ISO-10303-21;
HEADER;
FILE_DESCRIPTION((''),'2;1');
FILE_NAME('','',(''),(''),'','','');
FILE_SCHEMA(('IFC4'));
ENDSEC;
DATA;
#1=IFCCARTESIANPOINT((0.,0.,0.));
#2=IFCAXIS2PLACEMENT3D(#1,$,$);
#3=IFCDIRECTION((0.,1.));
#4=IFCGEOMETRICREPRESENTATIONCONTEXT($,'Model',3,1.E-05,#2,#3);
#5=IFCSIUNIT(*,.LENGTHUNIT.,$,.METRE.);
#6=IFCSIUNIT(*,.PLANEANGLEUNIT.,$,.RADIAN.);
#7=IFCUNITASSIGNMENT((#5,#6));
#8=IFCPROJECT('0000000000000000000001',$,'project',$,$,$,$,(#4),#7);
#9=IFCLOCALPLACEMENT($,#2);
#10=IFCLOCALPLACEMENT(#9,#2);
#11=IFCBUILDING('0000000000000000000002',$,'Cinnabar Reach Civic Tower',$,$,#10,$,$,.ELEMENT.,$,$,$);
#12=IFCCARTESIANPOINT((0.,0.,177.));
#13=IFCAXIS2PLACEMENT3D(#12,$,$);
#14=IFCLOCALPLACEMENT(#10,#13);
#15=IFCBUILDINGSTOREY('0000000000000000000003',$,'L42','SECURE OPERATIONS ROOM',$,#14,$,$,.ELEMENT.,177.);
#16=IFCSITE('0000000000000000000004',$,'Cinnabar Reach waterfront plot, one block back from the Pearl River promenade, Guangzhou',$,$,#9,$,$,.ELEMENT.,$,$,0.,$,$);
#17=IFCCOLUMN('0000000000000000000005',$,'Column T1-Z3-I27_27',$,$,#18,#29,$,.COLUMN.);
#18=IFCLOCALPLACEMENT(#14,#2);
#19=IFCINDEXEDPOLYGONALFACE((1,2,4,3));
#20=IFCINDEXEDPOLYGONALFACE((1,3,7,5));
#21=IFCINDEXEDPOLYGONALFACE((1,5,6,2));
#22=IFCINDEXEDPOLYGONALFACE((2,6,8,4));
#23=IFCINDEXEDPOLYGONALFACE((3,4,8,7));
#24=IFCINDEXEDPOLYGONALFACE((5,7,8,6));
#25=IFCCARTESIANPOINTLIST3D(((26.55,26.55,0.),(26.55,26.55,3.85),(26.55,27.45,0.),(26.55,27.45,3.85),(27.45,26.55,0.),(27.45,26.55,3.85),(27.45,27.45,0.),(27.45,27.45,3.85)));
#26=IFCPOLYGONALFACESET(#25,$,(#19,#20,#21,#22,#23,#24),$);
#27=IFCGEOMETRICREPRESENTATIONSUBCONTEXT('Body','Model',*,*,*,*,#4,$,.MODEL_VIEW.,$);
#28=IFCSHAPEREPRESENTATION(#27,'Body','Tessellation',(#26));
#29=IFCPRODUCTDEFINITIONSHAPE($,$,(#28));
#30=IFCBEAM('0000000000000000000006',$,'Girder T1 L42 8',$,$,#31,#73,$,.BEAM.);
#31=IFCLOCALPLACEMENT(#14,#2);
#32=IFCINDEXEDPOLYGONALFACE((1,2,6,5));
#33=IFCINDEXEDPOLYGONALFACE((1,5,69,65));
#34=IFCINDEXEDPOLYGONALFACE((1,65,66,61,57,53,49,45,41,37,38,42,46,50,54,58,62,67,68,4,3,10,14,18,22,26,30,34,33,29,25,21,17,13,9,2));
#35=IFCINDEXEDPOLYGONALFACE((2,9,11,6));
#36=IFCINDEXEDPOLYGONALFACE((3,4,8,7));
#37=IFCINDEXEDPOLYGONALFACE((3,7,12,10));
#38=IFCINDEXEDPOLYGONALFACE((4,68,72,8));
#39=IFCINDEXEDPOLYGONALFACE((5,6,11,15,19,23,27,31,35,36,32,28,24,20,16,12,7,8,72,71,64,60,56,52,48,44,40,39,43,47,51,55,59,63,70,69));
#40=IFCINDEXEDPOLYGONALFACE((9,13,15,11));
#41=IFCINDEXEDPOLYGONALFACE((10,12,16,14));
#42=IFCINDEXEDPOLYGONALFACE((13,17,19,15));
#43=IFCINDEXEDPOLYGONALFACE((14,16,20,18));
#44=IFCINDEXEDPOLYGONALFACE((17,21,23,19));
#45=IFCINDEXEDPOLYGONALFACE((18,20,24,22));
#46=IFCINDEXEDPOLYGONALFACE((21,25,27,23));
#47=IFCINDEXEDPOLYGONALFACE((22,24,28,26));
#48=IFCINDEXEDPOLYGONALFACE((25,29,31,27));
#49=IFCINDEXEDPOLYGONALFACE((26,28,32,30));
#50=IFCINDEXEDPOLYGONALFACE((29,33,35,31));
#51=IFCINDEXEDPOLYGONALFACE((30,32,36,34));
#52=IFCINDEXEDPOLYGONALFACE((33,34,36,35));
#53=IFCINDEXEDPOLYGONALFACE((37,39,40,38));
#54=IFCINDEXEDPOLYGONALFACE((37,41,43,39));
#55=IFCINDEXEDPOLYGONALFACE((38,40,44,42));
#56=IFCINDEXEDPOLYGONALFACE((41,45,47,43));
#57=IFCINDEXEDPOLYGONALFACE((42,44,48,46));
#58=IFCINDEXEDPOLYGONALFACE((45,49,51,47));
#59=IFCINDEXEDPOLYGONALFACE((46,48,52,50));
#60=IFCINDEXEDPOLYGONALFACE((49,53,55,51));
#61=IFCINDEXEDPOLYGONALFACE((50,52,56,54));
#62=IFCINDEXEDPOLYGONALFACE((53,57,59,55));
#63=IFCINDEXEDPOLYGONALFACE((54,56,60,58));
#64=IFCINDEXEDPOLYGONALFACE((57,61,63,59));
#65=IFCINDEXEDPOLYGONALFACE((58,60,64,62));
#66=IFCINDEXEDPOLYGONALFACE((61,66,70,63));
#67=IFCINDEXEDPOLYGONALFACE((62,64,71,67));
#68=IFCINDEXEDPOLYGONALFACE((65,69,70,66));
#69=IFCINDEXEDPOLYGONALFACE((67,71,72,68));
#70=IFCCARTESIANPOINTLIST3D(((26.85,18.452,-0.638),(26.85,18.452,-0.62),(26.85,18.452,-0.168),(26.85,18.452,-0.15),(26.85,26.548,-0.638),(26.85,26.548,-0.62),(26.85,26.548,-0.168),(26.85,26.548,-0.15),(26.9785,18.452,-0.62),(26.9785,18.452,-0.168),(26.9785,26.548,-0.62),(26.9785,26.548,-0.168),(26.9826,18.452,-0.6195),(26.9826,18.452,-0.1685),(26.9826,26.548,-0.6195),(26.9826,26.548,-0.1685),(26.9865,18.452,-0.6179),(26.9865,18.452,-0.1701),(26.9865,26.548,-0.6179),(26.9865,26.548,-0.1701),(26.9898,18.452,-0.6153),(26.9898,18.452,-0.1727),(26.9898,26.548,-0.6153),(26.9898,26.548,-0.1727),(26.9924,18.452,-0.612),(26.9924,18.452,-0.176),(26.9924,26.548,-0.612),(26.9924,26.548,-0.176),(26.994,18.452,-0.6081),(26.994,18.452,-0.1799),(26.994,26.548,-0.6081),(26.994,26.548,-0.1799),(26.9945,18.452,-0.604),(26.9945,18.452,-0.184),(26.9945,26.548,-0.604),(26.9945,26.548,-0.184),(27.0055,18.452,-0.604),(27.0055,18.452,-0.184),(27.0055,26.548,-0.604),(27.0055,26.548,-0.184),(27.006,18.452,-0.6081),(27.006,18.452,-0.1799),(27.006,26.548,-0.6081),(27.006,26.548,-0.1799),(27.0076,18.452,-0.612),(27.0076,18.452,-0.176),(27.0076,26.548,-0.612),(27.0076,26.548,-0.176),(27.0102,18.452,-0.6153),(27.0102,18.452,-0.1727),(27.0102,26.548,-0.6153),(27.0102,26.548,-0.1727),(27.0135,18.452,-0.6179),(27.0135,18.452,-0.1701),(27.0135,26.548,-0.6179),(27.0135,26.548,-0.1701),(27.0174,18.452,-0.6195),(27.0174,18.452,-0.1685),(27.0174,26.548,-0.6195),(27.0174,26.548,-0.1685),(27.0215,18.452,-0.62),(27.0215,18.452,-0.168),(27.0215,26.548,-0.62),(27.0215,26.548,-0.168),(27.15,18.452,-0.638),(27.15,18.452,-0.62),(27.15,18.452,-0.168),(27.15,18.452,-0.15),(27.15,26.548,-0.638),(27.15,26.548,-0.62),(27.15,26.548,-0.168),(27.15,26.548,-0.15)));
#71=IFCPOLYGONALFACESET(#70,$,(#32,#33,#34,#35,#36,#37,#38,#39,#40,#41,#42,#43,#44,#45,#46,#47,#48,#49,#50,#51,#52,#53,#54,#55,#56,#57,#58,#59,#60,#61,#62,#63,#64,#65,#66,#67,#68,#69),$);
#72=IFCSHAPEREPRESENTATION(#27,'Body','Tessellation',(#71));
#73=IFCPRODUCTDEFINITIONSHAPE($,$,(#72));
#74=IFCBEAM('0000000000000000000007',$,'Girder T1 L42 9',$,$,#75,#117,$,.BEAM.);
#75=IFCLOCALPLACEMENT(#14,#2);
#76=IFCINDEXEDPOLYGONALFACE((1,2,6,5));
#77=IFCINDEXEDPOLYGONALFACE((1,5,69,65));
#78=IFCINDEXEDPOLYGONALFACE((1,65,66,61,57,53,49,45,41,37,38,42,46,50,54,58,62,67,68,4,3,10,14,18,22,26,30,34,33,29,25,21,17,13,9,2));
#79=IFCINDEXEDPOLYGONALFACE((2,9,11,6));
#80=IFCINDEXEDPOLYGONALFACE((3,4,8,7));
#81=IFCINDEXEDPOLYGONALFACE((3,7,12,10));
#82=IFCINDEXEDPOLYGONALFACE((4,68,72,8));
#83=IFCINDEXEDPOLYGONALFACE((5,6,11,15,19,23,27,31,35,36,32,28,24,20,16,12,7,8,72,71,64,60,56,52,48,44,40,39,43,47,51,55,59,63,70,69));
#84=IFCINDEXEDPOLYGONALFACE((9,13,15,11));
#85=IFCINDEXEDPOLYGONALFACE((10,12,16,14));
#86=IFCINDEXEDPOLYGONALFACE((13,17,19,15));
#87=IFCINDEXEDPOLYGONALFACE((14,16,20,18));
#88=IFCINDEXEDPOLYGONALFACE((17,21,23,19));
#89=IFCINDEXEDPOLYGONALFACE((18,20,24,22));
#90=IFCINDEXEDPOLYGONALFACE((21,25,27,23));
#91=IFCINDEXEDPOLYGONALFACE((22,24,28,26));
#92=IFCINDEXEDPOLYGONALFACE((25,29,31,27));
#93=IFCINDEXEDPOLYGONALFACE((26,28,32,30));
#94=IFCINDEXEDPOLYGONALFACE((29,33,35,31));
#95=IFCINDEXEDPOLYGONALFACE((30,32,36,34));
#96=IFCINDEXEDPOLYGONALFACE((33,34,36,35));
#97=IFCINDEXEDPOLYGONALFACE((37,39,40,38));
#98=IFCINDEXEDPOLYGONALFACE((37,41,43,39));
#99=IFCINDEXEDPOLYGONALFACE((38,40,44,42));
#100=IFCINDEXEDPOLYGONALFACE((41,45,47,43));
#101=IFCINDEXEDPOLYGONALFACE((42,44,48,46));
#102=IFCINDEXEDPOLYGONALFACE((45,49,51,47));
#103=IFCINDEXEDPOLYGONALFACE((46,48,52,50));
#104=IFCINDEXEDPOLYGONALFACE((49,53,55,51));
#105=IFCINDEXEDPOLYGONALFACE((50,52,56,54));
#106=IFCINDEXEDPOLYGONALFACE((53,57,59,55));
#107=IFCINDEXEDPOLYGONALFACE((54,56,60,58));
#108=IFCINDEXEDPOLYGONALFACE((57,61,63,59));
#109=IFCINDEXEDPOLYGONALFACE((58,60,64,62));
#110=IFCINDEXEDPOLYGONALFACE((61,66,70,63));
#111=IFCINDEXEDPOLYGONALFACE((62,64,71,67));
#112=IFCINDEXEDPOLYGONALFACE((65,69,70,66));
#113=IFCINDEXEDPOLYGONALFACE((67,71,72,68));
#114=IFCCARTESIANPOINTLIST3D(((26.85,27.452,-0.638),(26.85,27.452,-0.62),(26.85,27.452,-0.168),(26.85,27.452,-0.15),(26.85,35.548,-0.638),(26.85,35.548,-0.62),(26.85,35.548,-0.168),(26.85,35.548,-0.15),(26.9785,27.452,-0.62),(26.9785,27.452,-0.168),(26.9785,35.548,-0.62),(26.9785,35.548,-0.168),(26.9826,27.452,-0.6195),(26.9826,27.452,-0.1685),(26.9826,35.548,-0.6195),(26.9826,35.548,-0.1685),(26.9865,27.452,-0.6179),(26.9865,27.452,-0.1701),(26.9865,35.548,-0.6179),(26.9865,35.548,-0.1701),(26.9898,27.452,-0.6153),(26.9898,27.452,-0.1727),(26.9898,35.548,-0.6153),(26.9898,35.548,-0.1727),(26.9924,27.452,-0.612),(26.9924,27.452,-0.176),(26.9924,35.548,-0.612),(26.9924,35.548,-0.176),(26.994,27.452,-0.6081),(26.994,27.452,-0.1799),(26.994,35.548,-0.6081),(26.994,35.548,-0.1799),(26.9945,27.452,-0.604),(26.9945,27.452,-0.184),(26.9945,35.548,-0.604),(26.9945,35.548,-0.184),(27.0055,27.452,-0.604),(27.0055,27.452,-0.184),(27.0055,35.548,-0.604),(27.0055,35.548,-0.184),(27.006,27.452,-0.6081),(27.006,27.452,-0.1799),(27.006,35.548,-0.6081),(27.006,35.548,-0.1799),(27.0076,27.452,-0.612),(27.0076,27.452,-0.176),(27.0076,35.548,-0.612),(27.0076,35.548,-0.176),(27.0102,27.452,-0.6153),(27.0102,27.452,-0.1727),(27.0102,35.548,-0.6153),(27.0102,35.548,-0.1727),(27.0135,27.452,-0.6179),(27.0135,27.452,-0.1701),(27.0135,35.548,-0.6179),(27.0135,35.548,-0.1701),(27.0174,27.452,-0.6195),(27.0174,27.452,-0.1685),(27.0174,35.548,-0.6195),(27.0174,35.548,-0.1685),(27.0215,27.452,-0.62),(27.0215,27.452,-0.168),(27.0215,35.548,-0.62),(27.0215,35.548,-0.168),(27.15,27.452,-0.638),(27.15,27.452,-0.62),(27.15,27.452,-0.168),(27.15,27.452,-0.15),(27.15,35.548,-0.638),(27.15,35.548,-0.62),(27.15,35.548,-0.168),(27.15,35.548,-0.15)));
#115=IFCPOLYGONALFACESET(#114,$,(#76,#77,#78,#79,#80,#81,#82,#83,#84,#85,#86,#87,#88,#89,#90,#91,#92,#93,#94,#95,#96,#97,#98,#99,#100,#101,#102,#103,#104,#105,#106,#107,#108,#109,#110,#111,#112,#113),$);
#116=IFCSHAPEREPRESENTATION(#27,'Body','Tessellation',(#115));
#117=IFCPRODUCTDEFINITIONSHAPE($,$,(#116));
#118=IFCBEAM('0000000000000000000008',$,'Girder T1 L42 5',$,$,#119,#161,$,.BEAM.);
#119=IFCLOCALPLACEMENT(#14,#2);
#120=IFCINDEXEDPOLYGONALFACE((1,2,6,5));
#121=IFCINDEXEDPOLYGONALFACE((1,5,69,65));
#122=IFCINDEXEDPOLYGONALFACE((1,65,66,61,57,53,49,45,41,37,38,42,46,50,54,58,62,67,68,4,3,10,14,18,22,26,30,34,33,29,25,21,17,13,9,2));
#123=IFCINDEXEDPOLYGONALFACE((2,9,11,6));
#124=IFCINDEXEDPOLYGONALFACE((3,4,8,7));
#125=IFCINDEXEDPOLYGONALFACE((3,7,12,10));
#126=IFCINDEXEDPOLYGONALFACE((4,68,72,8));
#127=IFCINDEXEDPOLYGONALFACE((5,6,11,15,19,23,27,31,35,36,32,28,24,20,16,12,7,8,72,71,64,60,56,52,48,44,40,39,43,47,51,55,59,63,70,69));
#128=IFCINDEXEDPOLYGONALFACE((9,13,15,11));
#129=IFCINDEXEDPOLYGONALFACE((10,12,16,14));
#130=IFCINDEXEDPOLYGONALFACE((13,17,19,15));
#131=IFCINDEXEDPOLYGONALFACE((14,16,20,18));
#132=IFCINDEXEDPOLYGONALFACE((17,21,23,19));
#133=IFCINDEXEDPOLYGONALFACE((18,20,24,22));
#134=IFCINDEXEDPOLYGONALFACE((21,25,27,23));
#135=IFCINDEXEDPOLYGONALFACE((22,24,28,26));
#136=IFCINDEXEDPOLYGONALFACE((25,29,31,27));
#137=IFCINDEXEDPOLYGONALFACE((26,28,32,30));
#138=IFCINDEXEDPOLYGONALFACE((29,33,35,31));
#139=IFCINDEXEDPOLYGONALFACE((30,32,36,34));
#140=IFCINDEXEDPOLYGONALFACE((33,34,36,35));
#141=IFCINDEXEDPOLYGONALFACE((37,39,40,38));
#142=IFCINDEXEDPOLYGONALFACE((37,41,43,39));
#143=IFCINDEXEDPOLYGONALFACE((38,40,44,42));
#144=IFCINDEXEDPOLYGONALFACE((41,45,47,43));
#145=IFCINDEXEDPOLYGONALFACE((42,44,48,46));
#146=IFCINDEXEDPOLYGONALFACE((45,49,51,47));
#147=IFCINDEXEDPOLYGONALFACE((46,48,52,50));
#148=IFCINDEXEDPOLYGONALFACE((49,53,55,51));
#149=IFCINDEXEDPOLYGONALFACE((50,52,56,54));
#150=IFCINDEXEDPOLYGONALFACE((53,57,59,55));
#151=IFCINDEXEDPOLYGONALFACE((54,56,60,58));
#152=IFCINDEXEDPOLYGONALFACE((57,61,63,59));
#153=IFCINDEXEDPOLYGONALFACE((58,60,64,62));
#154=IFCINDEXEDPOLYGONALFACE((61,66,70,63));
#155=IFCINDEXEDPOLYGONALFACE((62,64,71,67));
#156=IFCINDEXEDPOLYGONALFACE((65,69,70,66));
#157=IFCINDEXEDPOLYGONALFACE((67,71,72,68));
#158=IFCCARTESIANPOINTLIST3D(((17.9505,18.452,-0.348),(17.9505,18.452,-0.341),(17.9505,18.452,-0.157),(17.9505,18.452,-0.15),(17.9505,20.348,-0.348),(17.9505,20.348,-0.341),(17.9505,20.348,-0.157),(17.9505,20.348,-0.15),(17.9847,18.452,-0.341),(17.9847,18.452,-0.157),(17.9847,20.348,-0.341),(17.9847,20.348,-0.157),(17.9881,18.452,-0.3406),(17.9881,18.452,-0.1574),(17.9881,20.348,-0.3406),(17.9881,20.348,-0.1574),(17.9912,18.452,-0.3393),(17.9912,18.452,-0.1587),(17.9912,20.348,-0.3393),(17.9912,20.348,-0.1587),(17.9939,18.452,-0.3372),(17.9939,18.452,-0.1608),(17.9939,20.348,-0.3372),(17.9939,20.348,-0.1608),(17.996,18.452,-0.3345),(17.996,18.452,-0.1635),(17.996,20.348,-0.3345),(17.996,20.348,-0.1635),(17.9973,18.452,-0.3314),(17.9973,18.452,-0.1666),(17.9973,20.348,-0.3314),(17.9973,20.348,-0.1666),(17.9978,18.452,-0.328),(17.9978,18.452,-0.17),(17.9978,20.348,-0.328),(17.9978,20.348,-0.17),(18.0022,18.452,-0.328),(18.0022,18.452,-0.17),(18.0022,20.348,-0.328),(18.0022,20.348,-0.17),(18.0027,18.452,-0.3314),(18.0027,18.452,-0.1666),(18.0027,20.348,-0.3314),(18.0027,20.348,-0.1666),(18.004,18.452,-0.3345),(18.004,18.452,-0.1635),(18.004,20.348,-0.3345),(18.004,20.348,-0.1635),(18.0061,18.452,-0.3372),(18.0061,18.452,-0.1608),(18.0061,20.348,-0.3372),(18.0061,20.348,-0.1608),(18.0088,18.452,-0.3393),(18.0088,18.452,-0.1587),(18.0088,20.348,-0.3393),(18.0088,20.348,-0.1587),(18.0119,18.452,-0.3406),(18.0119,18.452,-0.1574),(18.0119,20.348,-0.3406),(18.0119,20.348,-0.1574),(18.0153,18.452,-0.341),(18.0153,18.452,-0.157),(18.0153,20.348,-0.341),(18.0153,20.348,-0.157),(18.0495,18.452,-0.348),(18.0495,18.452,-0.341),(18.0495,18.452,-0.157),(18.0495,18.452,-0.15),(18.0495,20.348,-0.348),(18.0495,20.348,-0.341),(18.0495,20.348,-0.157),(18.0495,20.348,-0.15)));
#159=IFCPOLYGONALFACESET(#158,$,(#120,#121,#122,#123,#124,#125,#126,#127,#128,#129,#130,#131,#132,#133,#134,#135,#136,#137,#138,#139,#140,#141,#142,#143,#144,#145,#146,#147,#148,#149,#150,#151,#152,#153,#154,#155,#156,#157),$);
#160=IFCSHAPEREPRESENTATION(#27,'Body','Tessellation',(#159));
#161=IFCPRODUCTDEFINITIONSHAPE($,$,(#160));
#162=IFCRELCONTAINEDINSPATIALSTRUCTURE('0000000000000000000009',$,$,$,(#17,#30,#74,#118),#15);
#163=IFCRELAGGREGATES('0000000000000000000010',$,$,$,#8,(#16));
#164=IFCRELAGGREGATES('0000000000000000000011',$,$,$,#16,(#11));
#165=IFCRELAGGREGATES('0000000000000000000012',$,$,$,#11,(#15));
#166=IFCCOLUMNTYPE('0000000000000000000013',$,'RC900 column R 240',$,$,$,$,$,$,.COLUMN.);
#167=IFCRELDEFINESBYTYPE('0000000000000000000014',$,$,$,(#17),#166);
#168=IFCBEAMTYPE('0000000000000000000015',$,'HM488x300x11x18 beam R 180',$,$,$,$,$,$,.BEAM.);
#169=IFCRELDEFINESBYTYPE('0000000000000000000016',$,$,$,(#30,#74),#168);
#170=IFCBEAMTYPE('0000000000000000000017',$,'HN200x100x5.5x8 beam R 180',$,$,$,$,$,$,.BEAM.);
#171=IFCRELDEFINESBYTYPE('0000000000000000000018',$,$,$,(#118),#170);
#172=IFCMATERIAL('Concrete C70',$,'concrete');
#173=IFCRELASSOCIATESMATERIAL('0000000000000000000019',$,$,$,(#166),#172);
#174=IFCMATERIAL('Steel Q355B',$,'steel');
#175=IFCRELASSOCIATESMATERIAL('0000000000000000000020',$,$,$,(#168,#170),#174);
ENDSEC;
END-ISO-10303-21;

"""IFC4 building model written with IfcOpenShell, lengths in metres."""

from ifc_helpers import new_model, si_unit, direction, frame, origin, origin_2d, place, context, subcontext, project, spatial, rectangle, i_section, extrude, material, material_profile, profile_set, type_object, element, save


model = new_model("IFC4")

# Units and contexts
model_context = context("Model", 3, precision=1e-05, world=origin(), true_north=direction((0.0, 1.0)))
body_context = subcontext(model_context, "Body", "Model", "MODEL_VIEW")
ifc_project = project(units=[si_unit("LENGTHUNIT", "METRE"), si_unit("PLANEANGLEUNIT", "RADIAN")], contexts=[model_context])

# Site, building, storey
site_placement = place(None, origin())
site = spatial("IfcSite", under=ifc_project, at=site_placement, Name="Cinnabar Reach waterfront plot, one block back from the Pearl River promenade, Guangzhou", CompositionType="ELEMENT", RefElevation=0.0)
building_placement = place(site_placement, origin())
building = spatial("IfcBuilding", under=site, at=building_placement, Name="Cinnabar Reach Civic Tower", CompositionType="ELEMENT")
storey_placement = place(building_placement, frame((0.0, 0.0, 177.0)))
storey = spatial("IfcBuildingStorey", under=building, at=storey_placement, Name="L42", Description="SECURE OPERATIONS ROOM", CompositionType="ELEMENT", Elevation=177.0)

# Column
ifc_material_1 = material(Name="Concrete C70", Category="concrete")
ifc_material_profile_1 = material_profile(ifc_material_1, rectangle(XDim=0.9, YDim=0.9, at=origin_2d()), Name="RC900")
ifc_profile_set_1 = profile_set([ifc_material_profile_1], Name="Concrete C70")
column_type = type_object("IfcColumnType", Name="RC900 column R 240", PredefinedType="COLUMN", material=ifc_profile_set_1)
column_placement = place(storey_placement, frame((27.0, 27.0, 0.0), z_axis=(0.0, 0.0, 1.0), x_axis=(1.0, 0.0, 0.0)))
element("IfcColumn", 1, at=column_placement, inside=storey, type_object=column_type, Name="Column T1-Z3-I27_27", PredefinedType="COLUMN", context=body_context, shape_type="SweptSolid", body=[
    extrude(rectangle(XDim=0.9, YDim=0.9, at=origin_2d()), origin(), (0.0, 0.0, 1.0), 3.85),
])

# Beams
ifc_material_2 = material(Name="Steel Q355B", Category="steel")
ifc_material_profile_2 = material_profile(ifc_material_2, i_section(OverallWidth=0.3, OverallDepth=0.488, WebThickness=0.011, FlangeThickness=0.018, FilletRadius=0.016, at=origin_2d()), Name="HM488x300x11x18")
ifc_profile_set_2 = profile_set([ifc_material_profile_2], Name="Steel Q355B")
beam_type_1 = type_object("IfcBeamType", Name="HM488x300x11x18 beam R 180", PredefinedType="BEAM", material=ifc_profile_set_2)
for number, where, z_axis, x_axis, name in (
    (2, (27.0, 18.452, -0.394), (0.0, 1.0, 0.0), (-1.0, 0.0, 0.0), "Girder T1 L42 8"),
    (3, (27.0, 27.452, -0.394), (0.0, 1.0, 0.0), (-1.0, 0.0, 0.0), "Girder T1 L42 9"),
):
    element("IfcBeam", number, at=place(storey_placement, frame(where, z_axis=z_axis, x_axis=x_axis)), inside=storey, type_object=beam_type_1, Name=name, PredefinedType="BEAM", context=body_context, shape_type="SweptSolid", body=[
        extrude(i_section(OverallWidth=0.3, OverallDepth=0.488, WebThickness=0.011, FlangeThickness=0.018, FilletRadius=0.016, at=origin_2d()), origin(), (0.0, 0.0, 1.0), 8.096),
    ])
ifc_material_profile_3 = material_profile(ifc_material_2, i_section(OverallWidth=0.099, OverallDepth=0.198, WebThickness=0.0045, FlangeThickness=0.007, FilletRadius=0.013, at=origin_2d()), Name="HN200x100x5.5x8")
ifc_profile_set_3 = profile_set([ifc_material_profile_3], Name="Steel Q355B")
beam_type_2 = type_object("IfcBeamType", Name="HN200x100x5.5x8 beam R 180", PredefinedType="BEAM", material=ifc_profile_set_3)
beam_1_placement = place(storey_placement, frame((18.0, 18.452, -0.249), z_axis=(0.0, 1.0, 0.0), x_axis=(-1.0, 0.0, 0.0)))
element("IfcBeam", 4, at=beam_1_placement, inside=storey, type_object=beam_type_2, Name="Girder T1 L42 5", PredefinedType="BEAM", context=body_context, shape_type="SweptSolid", body=[
    extrude(i_section(OverallWidth=0.099, OverallDepth=0.198, WebThickness=0.0045, FlangeThickness=0.007, FilletRadius=0.013, at=origin_2d()), origin(), (0.0, 0.0, 1.0), 1.896),
])

save(model, "model.ifc")
